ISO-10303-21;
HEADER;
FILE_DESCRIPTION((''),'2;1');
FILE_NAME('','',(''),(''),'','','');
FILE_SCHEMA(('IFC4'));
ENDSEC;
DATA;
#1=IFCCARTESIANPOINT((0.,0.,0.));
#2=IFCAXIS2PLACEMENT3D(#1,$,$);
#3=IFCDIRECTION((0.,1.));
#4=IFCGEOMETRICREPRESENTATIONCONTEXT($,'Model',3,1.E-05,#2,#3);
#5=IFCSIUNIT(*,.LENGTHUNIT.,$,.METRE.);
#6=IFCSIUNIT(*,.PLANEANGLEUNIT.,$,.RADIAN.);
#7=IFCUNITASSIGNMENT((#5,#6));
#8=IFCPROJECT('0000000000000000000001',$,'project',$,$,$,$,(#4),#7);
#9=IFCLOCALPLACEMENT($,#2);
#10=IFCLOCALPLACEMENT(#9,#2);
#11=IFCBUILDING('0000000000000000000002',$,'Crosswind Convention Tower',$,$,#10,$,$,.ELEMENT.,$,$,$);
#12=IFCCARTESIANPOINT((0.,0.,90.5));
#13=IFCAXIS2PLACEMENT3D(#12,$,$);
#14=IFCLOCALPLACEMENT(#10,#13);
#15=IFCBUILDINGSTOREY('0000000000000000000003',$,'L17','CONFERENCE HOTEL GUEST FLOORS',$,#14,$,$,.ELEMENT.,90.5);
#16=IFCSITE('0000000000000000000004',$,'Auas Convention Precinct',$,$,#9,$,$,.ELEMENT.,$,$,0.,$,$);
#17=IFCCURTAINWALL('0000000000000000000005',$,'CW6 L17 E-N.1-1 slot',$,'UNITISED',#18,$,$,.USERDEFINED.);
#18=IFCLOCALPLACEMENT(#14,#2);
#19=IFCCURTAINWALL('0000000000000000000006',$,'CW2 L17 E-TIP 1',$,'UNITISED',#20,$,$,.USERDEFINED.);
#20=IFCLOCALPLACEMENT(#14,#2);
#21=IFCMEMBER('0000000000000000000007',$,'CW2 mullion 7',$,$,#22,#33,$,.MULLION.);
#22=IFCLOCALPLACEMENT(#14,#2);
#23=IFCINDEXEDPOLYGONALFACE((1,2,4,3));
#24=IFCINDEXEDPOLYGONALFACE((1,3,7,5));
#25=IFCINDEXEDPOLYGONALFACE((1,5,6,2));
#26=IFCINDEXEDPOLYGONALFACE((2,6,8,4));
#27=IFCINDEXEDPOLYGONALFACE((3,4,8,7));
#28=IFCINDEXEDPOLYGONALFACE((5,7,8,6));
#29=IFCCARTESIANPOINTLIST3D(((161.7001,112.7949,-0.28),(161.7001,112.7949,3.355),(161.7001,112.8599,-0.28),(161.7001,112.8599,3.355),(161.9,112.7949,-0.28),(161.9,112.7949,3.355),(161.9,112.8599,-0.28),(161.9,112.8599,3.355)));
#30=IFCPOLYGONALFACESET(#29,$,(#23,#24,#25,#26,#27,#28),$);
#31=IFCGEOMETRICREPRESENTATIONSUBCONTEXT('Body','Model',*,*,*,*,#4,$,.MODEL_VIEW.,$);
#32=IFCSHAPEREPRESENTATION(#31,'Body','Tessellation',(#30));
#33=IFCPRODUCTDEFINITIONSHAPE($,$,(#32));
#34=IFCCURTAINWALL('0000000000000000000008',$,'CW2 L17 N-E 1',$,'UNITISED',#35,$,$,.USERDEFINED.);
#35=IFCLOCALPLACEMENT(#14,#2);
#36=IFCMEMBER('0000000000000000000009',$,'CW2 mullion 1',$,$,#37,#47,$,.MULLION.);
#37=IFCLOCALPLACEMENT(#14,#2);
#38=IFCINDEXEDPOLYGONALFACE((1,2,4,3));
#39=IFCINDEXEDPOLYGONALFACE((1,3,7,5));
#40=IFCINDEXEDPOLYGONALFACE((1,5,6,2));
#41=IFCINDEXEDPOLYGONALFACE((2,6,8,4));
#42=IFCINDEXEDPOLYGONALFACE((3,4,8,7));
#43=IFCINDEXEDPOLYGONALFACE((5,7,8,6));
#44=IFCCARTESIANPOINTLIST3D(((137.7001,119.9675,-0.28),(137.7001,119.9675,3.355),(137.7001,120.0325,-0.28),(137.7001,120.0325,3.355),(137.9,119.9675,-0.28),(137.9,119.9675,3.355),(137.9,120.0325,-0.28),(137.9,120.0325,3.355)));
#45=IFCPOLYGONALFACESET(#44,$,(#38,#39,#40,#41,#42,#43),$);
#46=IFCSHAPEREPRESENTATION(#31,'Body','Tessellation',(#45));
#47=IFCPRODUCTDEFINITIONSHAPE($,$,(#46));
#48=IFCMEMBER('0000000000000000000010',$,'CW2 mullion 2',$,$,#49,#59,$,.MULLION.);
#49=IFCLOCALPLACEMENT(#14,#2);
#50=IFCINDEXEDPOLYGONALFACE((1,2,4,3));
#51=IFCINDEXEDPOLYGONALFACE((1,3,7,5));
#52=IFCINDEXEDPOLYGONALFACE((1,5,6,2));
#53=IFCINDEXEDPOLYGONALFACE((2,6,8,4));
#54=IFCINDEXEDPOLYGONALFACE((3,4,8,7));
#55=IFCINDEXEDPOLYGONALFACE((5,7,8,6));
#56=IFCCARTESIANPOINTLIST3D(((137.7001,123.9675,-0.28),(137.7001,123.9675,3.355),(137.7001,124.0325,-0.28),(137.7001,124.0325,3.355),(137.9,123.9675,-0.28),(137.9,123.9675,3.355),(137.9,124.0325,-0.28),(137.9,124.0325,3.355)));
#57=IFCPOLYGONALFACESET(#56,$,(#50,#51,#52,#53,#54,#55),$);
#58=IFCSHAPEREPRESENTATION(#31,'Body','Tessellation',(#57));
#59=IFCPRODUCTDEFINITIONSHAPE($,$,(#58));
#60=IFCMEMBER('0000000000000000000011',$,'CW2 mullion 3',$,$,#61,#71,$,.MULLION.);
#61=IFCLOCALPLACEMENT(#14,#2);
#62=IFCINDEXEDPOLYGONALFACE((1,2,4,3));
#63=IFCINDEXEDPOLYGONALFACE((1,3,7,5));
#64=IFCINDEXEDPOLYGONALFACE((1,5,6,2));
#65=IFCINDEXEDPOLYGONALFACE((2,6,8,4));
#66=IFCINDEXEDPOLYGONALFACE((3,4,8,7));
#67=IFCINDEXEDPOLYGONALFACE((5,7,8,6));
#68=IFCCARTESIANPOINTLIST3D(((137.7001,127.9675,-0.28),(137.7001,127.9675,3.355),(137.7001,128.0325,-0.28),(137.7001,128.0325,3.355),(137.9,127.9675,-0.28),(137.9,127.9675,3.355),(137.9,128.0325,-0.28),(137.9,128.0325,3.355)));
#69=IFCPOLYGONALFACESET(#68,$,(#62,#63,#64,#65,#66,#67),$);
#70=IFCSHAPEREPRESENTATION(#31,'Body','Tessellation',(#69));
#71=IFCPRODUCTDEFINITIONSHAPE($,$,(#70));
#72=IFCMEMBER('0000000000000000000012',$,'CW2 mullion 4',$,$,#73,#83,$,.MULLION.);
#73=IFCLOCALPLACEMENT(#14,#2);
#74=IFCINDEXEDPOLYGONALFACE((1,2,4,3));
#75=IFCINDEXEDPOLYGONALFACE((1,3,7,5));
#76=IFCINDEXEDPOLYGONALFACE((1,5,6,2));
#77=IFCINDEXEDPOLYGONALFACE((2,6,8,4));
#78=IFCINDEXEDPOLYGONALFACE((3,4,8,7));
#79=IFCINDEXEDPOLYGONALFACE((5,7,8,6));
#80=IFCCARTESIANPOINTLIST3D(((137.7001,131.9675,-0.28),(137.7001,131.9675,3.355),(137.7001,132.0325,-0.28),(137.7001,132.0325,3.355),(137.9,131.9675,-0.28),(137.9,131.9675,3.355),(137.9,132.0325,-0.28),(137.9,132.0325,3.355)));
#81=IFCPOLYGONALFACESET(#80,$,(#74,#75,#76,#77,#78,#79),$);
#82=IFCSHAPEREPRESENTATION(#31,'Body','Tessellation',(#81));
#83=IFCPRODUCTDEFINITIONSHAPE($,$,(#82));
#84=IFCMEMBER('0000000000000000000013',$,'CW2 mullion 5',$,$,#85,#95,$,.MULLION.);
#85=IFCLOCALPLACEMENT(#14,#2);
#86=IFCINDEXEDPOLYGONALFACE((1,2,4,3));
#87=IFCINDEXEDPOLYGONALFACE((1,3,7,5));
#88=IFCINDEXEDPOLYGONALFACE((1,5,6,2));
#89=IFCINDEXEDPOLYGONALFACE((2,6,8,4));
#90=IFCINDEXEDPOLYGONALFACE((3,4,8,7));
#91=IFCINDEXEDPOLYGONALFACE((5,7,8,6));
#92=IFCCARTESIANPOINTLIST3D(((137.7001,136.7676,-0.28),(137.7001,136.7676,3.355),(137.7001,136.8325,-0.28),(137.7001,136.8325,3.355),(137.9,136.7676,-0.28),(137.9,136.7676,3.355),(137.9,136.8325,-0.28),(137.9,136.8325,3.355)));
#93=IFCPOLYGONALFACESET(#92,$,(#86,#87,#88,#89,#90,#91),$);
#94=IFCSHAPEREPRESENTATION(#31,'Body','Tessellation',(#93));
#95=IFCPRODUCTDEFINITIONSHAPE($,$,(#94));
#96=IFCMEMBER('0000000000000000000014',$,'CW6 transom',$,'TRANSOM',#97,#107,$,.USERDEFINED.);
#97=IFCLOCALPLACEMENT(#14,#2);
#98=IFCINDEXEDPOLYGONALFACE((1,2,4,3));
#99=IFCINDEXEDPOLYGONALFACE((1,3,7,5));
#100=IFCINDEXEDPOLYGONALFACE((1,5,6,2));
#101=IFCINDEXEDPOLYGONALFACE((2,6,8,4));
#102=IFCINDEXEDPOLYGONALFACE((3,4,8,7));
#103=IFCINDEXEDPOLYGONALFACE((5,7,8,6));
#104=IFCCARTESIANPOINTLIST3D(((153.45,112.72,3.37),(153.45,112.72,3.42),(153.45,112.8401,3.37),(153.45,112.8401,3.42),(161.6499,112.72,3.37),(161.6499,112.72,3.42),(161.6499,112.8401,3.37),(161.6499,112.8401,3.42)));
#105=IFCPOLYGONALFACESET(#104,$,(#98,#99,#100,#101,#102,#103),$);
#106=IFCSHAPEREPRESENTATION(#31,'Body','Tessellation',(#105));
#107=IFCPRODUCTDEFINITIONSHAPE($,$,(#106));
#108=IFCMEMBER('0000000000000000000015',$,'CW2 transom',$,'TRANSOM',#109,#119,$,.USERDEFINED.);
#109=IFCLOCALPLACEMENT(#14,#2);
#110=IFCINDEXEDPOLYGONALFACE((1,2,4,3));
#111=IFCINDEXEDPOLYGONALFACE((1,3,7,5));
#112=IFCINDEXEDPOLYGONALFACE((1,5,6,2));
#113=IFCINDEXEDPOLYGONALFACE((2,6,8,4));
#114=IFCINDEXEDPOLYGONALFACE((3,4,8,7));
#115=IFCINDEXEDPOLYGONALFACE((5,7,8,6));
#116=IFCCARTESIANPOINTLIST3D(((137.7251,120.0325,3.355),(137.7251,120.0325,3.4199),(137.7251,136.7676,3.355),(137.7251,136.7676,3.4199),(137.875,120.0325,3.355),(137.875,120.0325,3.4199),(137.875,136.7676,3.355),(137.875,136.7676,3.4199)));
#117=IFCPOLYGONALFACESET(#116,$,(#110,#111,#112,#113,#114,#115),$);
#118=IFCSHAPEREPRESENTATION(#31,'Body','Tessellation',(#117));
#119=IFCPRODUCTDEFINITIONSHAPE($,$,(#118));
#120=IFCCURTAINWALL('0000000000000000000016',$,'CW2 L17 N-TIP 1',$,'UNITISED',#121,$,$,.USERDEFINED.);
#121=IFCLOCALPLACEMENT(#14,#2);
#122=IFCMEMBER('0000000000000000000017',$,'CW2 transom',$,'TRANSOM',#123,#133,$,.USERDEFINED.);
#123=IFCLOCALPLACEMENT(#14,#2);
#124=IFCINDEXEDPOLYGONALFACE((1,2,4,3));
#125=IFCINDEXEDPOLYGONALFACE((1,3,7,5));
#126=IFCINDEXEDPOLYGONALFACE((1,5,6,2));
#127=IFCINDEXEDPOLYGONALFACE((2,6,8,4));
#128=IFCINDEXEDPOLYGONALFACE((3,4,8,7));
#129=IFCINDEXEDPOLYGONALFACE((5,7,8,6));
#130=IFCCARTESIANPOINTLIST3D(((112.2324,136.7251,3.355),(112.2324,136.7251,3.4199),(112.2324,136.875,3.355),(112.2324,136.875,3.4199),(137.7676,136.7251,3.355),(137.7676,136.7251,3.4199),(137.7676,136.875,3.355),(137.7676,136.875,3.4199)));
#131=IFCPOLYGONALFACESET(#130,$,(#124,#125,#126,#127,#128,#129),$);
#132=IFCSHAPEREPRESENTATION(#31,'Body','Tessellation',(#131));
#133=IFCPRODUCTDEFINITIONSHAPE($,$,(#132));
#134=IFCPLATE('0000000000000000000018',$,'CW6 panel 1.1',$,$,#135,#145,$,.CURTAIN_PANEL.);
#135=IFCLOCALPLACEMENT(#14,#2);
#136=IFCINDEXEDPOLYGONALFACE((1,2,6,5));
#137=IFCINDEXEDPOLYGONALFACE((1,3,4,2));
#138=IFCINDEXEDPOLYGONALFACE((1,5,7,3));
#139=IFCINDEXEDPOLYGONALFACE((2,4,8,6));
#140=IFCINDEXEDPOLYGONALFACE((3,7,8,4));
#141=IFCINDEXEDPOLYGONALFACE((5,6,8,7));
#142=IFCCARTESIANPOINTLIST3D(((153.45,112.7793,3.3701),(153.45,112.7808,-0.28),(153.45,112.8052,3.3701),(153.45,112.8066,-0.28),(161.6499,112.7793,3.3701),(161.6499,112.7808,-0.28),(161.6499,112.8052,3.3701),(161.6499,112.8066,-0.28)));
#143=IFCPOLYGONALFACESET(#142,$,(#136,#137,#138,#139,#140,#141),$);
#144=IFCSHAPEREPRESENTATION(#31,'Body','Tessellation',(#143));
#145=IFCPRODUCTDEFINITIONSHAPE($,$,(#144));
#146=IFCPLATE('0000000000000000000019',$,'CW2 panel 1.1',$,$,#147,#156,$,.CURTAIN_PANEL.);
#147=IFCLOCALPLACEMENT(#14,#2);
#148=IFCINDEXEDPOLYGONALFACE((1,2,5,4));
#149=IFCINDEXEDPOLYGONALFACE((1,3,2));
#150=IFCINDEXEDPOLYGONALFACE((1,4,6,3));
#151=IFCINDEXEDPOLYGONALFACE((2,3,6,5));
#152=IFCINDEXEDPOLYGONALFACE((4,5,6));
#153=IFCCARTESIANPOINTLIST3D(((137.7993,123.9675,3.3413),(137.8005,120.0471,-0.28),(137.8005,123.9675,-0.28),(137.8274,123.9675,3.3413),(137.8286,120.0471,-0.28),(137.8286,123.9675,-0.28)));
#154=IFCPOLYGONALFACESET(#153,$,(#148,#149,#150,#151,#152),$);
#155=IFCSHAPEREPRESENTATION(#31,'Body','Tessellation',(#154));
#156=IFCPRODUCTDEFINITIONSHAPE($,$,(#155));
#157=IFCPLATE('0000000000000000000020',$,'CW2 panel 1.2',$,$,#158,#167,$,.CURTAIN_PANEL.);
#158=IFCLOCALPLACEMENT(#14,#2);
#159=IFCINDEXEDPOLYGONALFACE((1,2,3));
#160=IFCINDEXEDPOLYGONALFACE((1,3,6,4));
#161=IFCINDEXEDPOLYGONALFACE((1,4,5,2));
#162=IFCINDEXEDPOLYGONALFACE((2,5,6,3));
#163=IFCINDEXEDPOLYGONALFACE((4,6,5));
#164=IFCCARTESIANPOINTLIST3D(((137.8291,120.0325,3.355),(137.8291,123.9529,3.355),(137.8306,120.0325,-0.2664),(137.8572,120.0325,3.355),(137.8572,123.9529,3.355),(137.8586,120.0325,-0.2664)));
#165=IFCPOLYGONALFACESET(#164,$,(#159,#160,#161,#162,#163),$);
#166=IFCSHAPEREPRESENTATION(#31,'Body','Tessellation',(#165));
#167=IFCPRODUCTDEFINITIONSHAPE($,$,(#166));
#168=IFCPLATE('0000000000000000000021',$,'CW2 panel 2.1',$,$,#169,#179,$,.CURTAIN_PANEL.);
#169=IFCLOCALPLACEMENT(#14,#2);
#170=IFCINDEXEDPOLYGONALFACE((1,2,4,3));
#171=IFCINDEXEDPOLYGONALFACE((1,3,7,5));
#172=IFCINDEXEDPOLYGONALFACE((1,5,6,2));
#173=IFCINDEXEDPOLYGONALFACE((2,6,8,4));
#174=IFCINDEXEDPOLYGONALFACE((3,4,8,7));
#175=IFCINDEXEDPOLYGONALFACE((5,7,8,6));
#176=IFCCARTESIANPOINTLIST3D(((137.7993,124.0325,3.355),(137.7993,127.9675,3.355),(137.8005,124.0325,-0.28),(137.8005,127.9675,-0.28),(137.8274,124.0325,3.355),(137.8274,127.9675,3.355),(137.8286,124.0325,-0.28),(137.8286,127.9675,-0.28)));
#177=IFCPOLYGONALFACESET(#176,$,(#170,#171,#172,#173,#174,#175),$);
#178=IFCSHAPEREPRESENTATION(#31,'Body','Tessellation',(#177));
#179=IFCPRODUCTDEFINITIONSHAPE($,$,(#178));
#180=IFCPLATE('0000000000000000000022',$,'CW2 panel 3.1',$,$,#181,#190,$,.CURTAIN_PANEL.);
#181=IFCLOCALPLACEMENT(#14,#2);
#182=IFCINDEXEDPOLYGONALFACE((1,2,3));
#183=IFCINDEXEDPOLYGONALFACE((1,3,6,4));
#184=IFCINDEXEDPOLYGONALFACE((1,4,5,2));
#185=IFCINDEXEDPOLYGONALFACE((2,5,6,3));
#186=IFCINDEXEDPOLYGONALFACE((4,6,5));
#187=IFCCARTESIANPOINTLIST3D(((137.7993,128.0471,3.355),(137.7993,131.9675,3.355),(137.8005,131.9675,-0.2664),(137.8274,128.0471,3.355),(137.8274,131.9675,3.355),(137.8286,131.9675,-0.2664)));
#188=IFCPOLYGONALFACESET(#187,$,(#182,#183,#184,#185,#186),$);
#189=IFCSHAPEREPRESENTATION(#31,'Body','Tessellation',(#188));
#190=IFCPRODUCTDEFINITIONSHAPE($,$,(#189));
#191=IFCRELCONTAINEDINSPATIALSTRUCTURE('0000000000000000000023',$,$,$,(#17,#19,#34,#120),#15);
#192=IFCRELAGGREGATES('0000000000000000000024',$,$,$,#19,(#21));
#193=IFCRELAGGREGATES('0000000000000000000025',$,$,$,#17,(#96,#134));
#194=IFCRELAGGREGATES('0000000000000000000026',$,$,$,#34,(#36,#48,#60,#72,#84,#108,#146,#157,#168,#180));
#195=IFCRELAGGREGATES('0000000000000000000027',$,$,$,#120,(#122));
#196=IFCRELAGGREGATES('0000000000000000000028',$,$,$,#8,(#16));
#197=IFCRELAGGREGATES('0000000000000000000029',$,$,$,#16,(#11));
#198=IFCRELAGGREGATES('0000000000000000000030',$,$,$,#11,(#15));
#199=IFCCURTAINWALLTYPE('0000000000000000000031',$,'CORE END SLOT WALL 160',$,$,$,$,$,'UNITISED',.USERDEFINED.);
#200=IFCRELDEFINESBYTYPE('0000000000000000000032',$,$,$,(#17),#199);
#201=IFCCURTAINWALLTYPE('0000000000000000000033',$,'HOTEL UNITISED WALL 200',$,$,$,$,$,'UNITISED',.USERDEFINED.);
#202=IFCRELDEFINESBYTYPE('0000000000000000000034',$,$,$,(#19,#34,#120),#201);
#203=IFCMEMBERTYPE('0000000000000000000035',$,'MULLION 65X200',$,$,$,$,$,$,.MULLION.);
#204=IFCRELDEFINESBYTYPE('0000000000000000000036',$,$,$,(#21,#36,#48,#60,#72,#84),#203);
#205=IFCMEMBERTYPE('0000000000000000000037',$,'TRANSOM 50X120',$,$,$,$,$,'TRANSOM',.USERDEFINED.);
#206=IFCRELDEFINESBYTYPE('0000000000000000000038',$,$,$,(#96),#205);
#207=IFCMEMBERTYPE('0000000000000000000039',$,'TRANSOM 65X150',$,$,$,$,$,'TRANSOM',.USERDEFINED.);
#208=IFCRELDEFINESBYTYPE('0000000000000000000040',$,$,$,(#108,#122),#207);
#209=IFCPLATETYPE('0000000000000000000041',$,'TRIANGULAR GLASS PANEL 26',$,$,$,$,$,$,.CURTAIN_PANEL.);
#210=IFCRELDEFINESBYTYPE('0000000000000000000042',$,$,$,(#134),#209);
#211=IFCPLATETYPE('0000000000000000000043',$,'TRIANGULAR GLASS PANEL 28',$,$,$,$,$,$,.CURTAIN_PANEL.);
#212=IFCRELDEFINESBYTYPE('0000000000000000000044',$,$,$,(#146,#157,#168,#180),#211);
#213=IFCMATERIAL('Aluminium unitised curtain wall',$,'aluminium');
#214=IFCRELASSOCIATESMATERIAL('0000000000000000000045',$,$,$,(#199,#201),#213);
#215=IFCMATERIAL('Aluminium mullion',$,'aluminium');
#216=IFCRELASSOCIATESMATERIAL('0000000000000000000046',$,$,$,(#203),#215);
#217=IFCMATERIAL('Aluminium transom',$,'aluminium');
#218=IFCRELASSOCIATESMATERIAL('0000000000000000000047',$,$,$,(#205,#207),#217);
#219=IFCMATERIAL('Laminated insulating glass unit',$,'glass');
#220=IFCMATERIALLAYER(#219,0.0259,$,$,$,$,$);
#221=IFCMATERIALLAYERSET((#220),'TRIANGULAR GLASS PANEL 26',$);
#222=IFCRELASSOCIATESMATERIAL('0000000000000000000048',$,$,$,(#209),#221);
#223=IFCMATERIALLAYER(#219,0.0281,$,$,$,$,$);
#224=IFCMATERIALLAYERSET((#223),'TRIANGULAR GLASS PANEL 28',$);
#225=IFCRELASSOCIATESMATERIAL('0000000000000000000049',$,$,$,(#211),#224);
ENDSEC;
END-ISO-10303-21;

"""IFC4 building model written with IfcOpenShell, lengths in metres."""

from ifc_helpers import new_model, si_unit, direction, frame, origin, origin_2d, place, context, subcontext, project, spatial, polyline, rectangle, outline, extrude, material, layer, layer_set, material_profile, profile_set, type_object, element, aggregate, save


model = new_model("IFC4")

# Units and contexts
model_context = context("Model", 3, precision=1e-05, world=origin(), true_north=direction((0.0, 1.0)))
body_context = subcontext(model_context, "Body", "Model", "MODEL_VIEW")
ifc_project = project(units=[si_unit("LENGTHUNIT", "METRE"), si_unit("PLANEANGLEUNIT", "RADIAN")], contexts=[model_context])

# Site, building, storey
site_placement = place(None, origin())
site = spatial("IfcSite", under=ifc_project, at=site_placement, Name="Auas Convention Precinct", CompositionType="ELEMENT", RefElevation=0.0)
building_placement = place(site_placement, origin())
building = spatial("IfcBuilding", under=site, at=building_placement, Name="Crosswind Convention Tower", CompositionType="ELEMENT")
storey_placement = place(building_placement, frame((0.0, 0.0, 90.5)))
storey = spatial("IfcBuildingStorey", under=building, at=storey_placement, Name="L17", Description="CONFERENCE HOTEL GUEST FLOORS", CompositionType="ELEMENT", Elevation=90.5)

# Curtain wall
ifc_material_1 = material(Name="Aluminium unitised curtain wall", Category="aluminium")
curtain_wall_type_1 = type_object("IfcCurtainWallType", Name="CORE END SLOT WALL 160", ElementType="UNITISED", PredefinedType="USERDEFINED", material=ifc_material_1)
curtain_wall_1_placement = place(storey_placement, origin())
curtain_wall_1 = element("IfcCurtainWall", 1, at=curtain_wall_1_placement, inside=storey, type_object=curtain_wall_type_1, Name="CW6 L17 E-N.1-1 slot", ObjectType="UNITISED", PredefinedType="USERDEFINED")
ifc_material_2 = material(Name="Aluminium mullion", Category="aluminium")

# Curtain wall, member
curtain_wall_type_2 = type_object("IfcCurtainWallType", Name="HOTEL UNITISED WALL 200", ElementType="UNITISED", PredefinedType="USERDEFINED", material=ifc_material_1)
curtain_wall_2_placement = place(storey_placement, origin())
curtain_wall_2 = element("IfcCurtainWall", 2, at=curtain_wall_2_placement, inside=storey, type_object=curtain_wall_type_2, Name="CW2 L17 E-TIP 1", ObjectType="UNITISED", PredefinedType="USERDEFINED")
ifc_material_profile_1 = material_profile(ifc_material_2, rectangle(XDim=0.2, YDim=0.0649, at=origin_2d()), Name="AL 200X65")
ifc_profile_set_1 = profile_set([ifc_material_profile_1], Name="Aluminium mullion")
member_type_1 = type_object("IfcMemberType", Name="MULLION 65X200", PredefinedType="MULLION", material=ifc_profile_set_1)
member_1_placement = place(storey_placement, frame((161.8, 112.8274, -0.28), z_axis=(0.0, 0.0, 1.0), x_axis=(1.0, 0.0, 0.0)))
member_1 = element("IfcMember", 3, at=member_1_placement, type_object=member_type_1, Name="CW2 mullion 7", PredefinedType="MULLION", context=body_context, shape_type="SweptSolid", body=[
    extrude(rectangle(XDim=0.2, YDim=0.0649, at=origin_2d()), origin(), (0.0, 0.0, 1.0), 3.635),
])
aggregate(curtain_wall_2, [member_1])

# Curtain wall, members
curtain_wall_3_placement = place(storey_placement, origin())
curtain_wall_3 = element("IfcCurtainWall", 4, at=curtain_wall_3_placement, inside=storey, type_object=curtain_wall_type_2, Name="CW2 L17 N-E 1", ObjectType="UNITISED", PredefinedType="USERDEFINED")
member_2_placement = place(storey_placement, frame((137.8, 120.0, -0.28), z_axis=(0.0, 0.0, 1.0), x_axis=(1.0, 0.0, 0.0)))
member_2 = element("IfcMember", 5, at=member_2_placement, type_object=member_type_1, Name="CW2 mullion 1", PredefinedType="MULLION", context=body_context, shape_type="SweptSolid", body=[
    extrude(rectangle(XDim=0.2, YDim=0.0649, at=origin_2d()), origin(), (0.0, 0.0, 1.0), 3.635),
])
member_3_placement = place(storey_placement, frame((137.8, 124.0, -0.28), z_axis=(0.0, 0.0, 1.0), x_axis=(1.0, 0.0, 0.0)))
member_3 = element("IfcMember", 6, at=member_3_placement, type_object=member_type_1, Name="CW2 mullion 2", PredefinedType="MULLION", context=body_context, shape_type="SweptSolid", body=[
    extrude(rectangle(XDim=0.2, YDim=0.0649, at=origin_2d()), origin(), (0.0, 0.0, 1.0), 3.635),
])
member_4_placement = place(storey_placement, frame((137.8, 128.0, -0.28), z_axis=(0.0, 0.0, 1.0), x_axis=(1.0, 0.0, 0.0)))
member_4 = element("IfcMember", 7, at=member_4_placement, type_object=member_type_1, Name="CW2 mullion 3", PredefinedType="MULLION", context=body_context, shape_type="SweptSolid", body=[
    extrude(rectangle(XDim=0.2, YDim=0.0649, at=origin_2d()), origin(), (0.0, 0.0, 1.0), 3.635),
])
member_5_placement = place(storey_placement, frame((137.8, 132.0, -0.28), z_axis=(0.0, 0.0, 1.0), x_axis=(1.0, 0.0, 0.0)))
member_5 = element("IfcMember", 8, at=member_5_placement, type_object=member_type_1, Name="CW2 mullion 4", PredefinedType="MULLION", context=body_context, shape_type="SweptSolid", body=[
    extrude(rectangle(XDim=0.2, YDim=0.0649, at=origin_2d()), origin(), (0.0, 0.0, 1.0), 3.635),
])
member_6_placement = place(storey_placement, frame((137.8, 136.8, -0.28), z_axis=(0.0, 0.0, 1.0), x_axis=(1.0, 0.0, 0.0)))
member_6 = element("IfcMember", 9, at=member_6_placement, type_object=member_type_1, Name="CW2 mullion 5", PredefinedType="MULLION", context=body_context, shape_type="SweptSolid", body=[
    extrude(rectangle(XDim=0.2, YDim=0.0649, at=origin_2d()), origin(), (0.0, 0.0, 1.0), 3.635),
])

# Members
ifc_material_3 = material(Name="Aluminium transom", Category="aluminium")
ifc_material_profile_2 = material_profile(ifc_material_3, rectangle(XDim=0.1201, YDim=0.05, at=origin_2d()), Name="AL 120X50")
ifc_profile_set_2 = profile_set([ifc_material_profile_2], Name="Aluminium transom")
member_type_2 = type_object("IfcMemberType", Name="TRANSOM 50X120", ElementType="TRANSOM", PredefinedType="USERDEFINED", material=ifc_profile_set_2)
member_7_placement = place(storey_placement, frame((161.6499, 112.78, 3.395), z_axis=(-1.0, 0.0, 0.0), x_axis=(0.0, -1.0, 0.0)))
member_7 = element("IfcMember", 10, at=member_7_placement, type_object=member_type_2, Name="CW6 transom", ObjectType="TRANSOM", PredefinedType="USERDEFINED", context=body_context, shape_type="SweptSolid", body=[
    extrude(rectangle(XDim=0.1201, YDim=0.05, at=origin_2d()), origin(), (0.0, 0.0, 1.0), 8.2),
])
ifc_material_profile_3 = material_profile(ifc_material_3, rectangle(XDim=0.1499, YDim=0.0649, at=origin_2d()), Name="AL 150X65")
ifc_profile_set_3 = profile_set([ifc_material_profile_3], Name="Aluminium transom")
member_type_3 = type_object("IfcMemberType", Name="TRANSOM 65X150", ElementType="TRANSOM", PredefinedType="USERDEFINED", material=ifc_profile_set_3)
member_8_placement = place(storey_placement, frame((137.8, 120.0325, 3.3875), z_axis=(0.0, 1.0, 0.0), x_axis=(-1.0, 0.0, 0.0)))
member_8 = element("IfcMember", 11, at=member_8_placement, type_object=member_type_3, Name="CW2 transom", ObjectType="TRANSOM", PredefinedType="USERDEFINED", context=body_context, shape_type="SweptSolid", body=[
    extrude(rectangle(XDim=0.1499, YDim=0.0649, at=origin_2d()), origin(), (0.0, 0.0, 1.0), 16.7351),
])

# Curtain wall, member
curtain_wall_4_placement = place(storey_placement, origin())
curtain_wall_4 = element("IfcCurtainWall", 12, at=curtain_wall_4_placement, inside=storey, type_object=curtain_wall_type_2, Name="CW2 L17 N-TIP 1", ObjectType="UNITISED", PredefinedType="USERDEFINED")
member_9_placement = place(storey_placement, frame((137.7676, 136.8, 3.3875), z_axis=(-1.0, 0.0, 0.0), x_axis=(0.0, -1.0, 0.0)))
member_9 = element("IfcMember", 13, at=member_9_placement, type_object=member_type_3, Name="CW2 transom", ObjectType="TRANSOM", PredefinedType="USERDEFINED", context=body_context, shape_type="SweptSolid", body=[
    extrude(rectangle(XDim=0.1499, YDim=0.0649, at=origin_2d()), origin(), (0.0, 0.0, 1.0), 25.5352),
])

# Plates
ifc_material_4 = material(Name="Laminated insulating glass unit", Category="glass")
ifc_layer_1 = layer(ifc_material_4, 0.0259)
ifc_layer_set_1 = layer_set([ifc_layer_1], Name="TRIANGULAR GLASS PANEL 26")
plate_type_1 = type_object("IfcPlateType", Name="TRIANGULAR GLASS PANEL 26", PredefinedType="CURTAIN_PANEL", material=ifc_layer_set_1)
plate_1_placement = place(storey_placement, frame((161.6499, 112.8066, -0.28), z_axis=(0.0, 1.0, 0.000401), x_axis=(-1.0, 0.0, 0.0)))
plate_1 = element("IfcPlate", 14, at=plate_1_placement, type_object=plate_type_1, Name="CW6 panel 1.1", PredefinedType="CURTAIN_PANEL", context=body_context, shape_type="SweptSolid", body=[
    extrude(outline(polyline([(0.0, 0.0), (8.2, 0.0), (8.2, 3.6501), (0.0, 3.6501), (0.0, 0.0)])), origin(), (0.0, 0.0, -1.0), 0.0259),
])
aggregate(curtain_wall_1, [member_7, plate_1])
ifc_layer_2 = layer(ifc_material_4, 0.0281)
ifc_layer_set_2 = layer_set([ifc_layer_2], Name="TRIANGULAR GLASS PANEL 28")
plate_type_2 = type_object("IfcPlateType", Name="TRIANGULAR GLASS PANEL 28", PredefinedType="CURTAIN_PANEL", material=ifc_layer_set_2)
plate_2_placement = place(storey_placement, frame((137.8286, 123.9675, -0.28), z_axis=(1.0, 0.0, 0.000337), x_axis=(-0.000337, 0.0, 1.0)))
plate_2 = element("IfcPlate", 15, at=plate_2_placement, type_object=plate_type_2, Name="CW2 panel 1.1", PredefinedType="CURTAIN_PANEL", context=body_context, shape_type="SweptSolid", body=[
    extrude(outline(polyline([(0.0, 0.0), (3.6213, 0.0), (0.0, 3.9204), (0.0, 0.0)])), origin(), (0.0, 0.0, -1.0), 0.0281),
])
plate_3_placement = place(storey_placement, frame((137.8572, 120.0325, 3.355), z_axis=(1.0, 0.0, 0.000405), x_axis=(0.000405, 0.0, -1.0)))
plate_3 = element("IfcPlate", 16, at=plate_3_placement, type_object=plate_type_2, Name="CW2 panel 1.2", PredefinedType="CURTAIN_PANEL", context=body_context, shape_type="SweptSolid", body=[
    extrude(outline(polyline([(0.0, 0.0), (3.6213, 0.0), (0.0, 3.9204), (0.0, 0.0)])), origin(), (0.0, 0.0, -1.0), 0.0281),
])
plate_4_placement = place(storey_placement, frame((137.8286, 124.0325, -0.28), z_axis=(1.0, 0.0, 0.000336), x_axis=(0.0, 1.0, 0.0)))
plate_4 = element("IfcPlate", 17, at=plate_4_placement, type_object=plate_type_2, Name="CW2 panel 2.1", PredefinedType="CURTAIN_PANEL", context=body_context, shape_type="SweptSolid", body=[
    extrude(outline(polyline([(0.0, 0.0), (3.9351, 0.0), (3.9351, 3.635), (0.0, 3.635), (0.0, 0.0)])), origin(), (0.0, 0.0, -1.0), 0.0281),
])
plate_5_placement = place(storey_placement, frame((137.8274, 131.9675, 3.355), z_axis=(1.0, 0.0, 0.000337), x_axis=(0.0, -1.0, 0.0)))
plate_5 = element("IfcPlate", 18, at=plate_5_placement, type_object=plate_type_2, Name="CW2 panel 3.1", PredefinedType="CURTAIN_PANEL", context=body_context, shape_type="SweptSolid", body=[
    extrude(outline(polyline([(0.0, 0.0), (3.9204, 0.0), (0.0, 3.6213), (0.0, 0.0)])), origin(), (0.0, 0.0, -1.0), 0.0281),
])

aggregate(curtain_wall_3, [member_2, member_3, member_4, member_5, member_6, member_8, plate_2, plate_3, plate_4, plate_5])
aggregate(curtain_wall_4, [member_9])

save(model, "model.ifc")
